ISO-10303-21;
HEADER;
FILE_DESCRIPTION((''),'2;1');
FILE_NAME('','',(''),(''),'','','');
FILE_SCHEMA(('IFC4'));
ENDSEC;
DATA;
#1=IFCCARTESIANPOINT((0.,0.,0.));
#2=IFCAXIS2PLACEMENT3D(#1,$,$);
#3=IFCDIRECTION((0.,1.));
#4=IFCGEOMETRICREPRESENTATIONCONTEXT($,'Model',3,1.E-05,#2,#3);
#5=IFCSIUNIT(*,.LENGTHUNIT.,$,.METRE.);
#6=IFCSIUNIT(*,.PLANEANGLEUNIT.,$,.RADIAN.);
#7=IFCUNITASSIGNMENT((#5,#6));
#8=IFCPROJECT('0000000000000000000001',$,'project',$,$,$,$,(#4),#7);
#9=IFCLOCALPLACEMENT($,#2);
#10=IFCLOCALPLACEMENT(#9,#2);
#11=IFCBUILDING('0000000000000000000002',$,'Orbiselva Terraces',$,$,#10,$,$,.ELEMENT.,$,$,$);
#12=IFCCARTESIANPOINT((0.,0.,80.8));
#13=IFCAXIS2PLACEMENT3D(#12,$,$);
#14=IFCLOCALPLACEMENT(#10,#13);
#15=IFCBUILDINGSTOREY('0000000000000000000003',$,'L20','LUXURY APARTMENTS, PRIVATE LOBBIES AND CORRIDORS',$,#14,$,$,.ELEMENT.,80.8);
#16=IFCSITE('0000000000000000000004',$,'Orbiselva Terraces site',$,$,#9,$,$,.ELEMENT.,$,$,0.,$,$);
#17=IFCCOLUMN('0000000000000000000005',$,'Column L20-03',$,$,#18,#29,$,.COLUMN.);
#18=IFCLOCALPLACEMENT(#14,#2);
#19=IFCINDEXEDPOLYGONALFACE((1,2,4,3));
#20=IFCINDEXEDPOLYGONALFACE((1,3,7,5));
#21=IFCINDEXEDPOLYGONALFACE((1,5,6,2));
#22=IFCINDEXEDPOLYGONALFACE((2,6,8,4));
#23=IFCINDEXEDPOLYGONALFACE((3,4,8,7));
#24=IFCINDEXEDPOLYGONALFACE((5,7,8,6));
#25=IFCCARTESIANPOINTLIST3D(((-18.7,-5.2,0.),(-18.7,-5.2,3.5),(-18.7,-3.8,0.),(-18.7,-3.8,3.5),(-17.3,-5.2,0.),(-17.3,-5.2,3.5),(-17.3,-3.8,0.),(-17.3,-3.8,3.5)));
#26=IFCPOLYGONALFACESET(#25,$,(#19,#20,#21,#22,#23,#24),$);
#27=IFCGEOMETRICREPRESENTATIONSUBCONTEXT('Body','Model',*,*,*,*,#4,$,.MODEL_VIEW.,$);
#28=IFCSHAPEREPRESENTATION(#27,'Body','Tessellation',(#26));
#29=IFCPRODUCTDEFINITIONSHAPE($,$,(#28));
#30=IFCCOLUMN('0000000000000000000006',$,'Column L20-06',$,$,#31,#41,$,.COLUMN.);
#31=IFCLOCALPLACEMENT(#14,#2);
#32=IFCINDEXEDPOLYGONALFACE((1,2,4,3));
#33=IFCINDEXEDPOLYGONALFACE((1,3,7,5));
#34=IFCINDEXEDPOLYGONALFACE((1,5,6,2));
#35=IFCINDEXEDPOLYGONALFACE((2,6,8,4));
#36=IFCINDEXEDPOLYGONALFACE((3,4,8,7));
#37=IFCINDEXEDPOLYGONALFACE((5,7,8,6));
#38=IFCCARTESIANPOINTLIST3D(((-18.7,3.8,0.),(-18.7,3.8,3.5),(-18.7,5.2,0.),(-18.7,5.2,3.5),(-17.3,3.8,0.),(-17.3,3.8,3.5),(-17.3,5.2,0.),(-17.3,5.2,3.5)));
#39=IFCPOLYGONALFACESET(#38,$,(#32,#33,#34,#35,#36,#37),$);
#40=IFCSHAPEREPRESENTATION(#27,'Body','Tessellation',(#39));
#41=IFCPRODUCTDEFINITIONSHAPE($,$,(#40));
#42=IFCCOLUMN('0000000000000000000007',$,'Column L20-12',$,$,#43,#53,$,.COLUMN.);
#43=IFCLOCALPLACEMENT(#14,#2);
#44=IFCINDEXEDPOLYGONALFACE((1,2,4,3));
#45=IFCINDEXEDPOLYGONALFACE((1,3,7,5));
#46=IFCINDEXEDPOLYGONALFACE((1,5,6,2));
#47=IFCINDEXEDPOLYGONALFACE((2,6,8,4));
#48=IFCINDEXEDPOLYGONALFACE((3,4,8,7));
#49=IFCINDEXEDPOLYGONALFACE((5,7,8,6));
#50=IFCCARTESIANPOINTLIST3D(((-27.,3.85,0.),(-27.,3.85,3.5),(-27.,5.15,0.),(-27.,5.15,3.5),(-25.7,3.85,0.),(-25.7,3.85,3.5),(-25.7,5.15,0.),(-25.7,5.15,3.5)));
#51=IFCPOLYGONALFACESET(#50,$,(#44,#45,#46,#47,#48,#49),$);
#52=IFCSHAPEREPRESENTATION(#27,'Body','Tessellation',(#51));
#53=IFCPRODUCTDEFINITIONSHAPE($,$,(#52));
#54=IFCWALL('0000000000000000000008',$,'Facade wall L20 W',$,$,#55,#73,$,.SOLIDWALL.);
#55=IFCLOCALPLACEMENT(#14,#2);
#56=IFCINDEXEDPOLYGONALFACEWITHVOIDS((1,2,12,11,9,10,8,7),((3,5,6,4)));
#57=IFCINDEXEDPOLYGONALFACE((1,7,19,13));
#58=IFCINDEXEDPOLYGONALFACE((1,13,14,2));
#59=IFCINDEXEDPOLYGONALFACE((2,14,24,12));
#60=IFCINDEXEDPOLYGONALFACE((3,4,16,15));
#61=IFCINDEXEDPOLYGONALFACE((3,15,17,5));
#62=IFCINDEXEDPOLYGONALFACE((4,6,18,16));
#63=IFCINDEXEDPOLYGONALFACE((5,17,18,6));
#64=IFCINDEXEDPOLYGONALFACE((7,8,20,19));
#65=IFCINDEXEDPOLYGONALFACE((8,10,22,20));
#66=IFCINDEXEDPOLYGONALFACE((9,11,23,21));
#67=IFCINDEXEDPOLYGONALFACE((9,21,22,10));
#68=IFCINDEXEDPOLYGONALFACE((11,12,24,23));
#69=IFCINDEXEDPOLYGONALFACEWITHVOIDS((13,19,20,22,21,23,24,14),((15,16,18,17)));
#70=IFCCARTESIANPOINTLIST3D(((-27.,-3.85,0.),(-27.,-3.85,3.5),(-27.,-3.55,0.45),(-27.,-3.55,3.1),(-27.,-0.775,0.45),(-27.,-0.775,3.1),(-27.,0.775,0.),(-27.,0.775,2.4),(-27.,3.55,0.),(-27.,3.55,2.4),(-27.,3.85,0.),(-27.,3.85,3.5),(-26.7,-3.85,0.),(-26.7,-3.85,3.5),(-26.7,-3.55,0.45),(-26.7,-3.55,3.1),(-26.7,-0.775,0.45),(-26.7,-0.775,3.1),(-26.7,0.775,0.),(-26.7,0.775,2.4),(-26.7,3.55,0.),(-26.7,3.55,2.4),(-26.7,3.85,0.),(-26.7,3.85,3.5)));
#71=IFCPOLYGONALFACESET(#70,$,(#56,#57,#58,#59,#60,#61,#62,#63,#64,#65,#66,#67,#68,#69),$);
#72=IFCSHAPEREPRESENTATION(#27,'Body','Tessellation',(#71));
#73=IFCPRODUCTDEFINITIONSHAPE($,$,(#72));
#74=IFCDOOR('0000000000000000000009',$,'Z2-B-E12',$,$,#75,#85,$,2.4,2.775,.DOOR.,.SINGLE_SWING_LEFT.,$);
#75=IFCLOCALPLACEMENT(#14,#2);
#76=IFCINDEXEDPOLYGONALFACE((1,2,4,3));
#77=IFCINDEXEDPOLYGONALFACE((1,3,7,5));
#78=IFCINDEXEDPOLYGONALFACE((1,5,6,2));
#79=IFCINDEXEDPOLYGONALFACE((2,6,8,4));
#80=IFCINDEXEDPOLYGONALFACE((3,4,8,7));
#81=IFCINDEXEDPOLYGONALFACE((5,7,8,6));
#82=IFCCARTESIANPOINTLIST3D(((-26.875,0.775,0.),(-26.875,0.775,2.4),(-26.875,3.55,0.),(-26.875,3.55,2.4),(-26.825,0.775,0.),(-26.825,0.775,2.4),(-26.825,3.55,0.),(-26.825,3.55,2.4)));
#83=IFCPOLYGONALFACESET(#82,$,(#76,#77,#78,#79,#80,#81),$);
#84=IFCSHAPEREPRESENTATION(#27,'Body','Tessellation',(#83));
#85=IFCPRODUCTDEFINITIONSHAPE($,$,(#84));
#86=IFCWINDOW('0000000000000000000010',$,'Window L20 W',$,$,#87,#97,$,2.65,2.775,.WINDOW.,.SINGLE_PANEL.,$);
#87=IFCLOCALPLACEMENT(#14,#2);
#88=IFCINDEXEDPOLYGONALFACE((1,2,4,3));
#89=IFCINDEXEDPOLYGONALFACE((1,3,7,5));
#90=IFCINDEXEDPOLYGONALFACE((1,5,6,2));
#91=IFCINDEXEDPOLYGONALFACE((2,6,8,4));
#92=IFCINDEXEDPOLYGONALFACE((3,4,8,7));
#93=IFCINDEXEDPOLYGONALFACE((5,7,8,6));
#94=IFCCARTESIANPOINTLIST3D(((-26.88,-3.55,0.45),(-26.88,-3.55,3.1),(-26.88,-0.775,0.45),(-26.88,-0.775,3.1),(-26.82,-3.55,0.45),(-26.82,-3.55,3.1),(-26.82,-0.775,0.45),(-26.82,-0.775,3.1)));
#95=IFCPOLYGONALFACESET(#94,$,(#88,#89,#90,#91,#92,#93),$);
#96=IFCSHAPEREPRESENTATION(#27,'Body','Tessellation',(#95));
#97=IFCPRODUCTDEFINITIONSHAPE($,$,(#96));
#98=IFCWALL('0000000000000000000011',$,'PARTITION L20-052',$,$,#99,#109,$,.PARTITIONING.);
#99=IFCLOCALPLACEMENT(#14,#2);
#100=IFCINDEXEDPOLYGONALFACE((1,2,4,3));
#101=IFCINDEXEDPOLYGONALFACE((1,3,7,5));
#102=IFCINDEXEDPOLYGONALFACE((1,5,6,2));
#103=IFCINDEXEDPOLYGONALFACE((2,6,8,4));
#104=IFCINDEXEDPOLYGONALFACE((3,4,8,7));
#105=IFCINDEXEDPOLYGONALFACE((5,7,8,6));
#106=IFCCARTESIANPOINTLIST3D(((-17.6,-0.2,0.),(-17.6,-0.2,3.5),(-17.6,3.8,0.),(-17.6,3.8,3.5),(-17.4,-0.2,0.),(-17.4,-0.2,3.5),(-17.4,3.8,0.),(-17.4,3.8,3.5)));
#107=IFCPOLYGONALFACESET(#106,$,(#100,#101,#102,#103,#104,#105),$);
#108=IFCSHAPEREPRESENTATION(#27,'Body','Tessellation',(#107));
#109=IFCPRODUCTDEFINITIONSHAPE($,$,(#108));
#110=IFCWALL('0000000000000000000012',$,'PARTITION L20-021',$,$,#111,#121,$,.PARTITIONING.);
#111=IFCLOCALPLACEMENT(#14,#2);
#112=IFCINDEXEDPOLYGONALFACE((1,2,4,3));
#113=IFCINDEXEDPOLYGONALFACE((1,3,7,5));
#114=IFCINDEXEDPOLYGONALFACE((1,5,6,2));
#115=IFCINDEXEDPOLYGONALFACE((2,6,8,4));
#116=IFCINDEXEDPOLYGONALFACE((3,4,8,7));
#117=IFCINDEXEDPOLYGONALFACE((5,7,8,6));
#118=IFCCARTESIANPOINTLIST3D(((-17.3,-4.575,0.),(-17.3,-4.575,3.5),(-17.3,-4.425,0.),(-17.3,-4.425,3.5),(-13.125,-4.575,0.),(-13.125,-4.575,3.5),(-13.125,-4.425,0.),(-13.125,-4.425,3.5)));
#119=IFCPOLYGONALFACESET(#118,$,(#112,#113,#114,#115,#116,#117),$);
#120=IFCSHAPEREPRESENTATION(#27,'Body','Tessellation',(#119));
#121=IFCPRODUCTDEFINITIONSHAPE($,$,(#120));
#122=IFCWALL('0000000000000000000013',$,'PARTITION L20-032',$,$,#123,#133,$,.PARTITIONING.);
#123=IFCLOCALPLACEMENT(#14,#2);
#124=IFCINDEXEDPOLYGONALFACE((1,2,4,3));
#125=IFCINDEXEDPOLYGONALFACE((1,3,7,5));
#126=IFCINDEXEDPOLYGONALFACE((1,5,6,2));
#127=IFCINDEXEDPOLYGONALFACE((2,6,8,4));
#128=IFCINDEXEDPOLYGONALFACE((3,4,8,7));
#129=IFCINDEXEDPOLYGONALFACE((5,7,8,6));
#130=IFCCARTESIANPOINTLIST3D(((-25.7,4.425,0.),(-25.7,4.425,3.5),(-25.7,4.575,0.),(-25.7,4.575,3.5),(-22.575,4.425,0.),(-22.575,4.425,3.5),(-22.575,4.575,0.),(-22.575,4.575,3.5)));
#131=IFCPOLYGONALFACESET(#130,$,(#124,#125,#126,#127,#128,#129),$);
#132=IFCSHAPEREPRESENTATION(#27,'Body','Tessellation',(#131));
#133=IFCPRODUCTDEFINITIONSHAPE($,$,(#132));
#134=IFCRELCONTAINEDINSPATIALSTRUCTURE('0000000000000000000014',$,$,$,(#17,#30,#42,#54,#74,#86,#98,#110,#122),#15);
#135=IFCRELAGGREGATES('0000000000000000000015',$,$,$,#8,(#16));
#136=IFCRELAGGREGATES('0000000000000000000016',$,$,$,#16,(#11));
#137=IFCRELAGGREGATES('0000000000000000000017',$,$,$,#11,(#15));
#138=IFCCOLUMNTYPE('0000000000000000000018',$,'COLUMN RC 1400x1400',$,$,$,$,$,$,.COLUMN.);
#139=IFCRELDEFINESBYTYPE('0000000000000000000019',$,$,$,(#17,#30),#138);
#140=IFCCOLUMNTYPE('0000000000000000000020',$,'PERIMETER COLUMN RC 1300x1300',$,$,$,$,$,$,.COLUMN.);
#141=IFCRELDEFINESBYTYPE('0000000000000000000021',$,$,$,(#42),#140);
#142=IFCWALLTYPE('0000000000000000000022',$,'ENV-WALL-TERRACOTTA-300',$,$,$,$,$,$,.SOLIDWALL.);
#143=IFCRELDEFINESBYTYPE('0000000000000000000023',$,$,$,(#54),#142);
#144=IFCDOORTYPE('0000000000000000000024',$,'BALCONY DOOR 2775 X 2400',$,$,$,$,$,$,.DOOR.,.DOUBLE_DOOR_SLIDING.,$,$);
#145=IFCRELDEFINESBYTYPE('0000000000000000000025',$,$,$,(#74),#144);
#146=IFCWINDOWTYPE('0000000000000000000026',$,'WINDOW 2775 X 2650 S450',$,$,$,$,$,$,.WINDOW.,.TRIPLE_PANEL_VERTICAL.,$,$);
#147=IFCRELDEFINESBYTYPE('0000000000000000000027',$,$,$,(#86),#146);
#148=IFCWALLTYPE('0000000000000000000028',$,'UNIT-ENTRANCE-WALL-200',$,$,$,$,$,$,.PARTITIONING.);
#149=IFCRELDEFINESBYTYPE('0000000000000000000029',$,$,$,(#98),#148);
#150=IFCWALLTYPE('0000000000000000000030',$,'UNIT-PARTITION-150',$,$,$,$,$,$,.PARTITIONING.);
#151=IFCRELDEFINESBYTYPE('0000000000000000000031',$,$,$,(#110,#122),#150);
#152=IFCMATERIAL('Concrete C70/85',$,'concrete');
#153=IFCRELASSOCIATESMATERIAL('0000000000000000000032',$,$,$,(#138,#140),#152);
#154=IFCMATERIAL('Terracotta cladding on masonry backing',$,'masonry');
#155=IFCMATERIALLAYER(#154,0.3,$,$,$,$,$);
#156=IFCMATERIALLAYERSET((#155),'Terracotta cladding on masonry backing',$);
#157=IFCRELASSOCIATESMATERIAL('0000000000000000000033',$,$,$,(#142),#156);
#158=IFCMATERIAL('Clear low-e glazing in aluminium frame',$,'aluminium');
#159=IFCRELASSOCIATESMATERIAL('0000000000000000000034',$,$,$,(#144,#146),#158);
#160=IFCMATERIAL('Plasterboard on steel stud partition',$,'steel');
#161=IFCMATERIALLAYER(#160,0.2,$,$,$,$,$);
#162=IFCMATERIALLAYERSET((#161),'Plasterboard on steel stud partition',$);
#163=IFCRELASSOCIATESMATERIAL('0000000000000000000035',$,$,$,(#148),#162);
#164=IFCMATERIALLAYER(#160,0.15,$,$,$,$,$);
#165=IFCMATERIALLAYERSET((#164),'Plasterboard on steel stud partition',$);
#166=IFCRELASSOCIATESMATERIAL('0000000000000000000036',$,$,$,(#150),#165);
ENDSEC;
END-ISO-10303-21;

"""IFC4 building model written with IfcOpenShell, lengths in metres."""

from ifc_helpers import new_model, si_unit, direction, frame, frame_2d, origin, origin_2d, place, context, subcontext, project, spatial, rectangle, extrude, material, layer, layer_set, material_profile, profile_set, type_object, element, fill, save


model = new_model("IFC4")

# Units and contexts
model_context = context("Model", 3, precision=1e-05, world=origin(), true_north=direction((0.0, 1.0)))
body_context = subcontext(model_context, "Body", "Model", "MODEL_VIEW")
ifc_project = project(units=[si_unit("LENGTHUNIT", "METRE"), si_unit("PLANEANGLEUNIT", "RADIAN")], contexts=[model_context])

# Site, building, storey
site_placement = place(None, origin())
site = spatial("IfcSite", under=ifc_project, at=site_placement, Name="Orbiselva Terraces site", CompositionType="ELEMENT", RefElevation=0.0)
building_placement = place(site_placement, origin())
building = spatial("IfcBuilding", under=site, at=building_placement, Name="Orbiselva Terraces", CompositionType="ELEMENT")
storey_placement = place(building_placement, frame((0.0, 0.0, 80.8)))
storey = spatial("IfcBuildingStorey", under=building, at=storey_placement, Name="L20", Description="LUXURY APARTMENTS, PRIVATE LOBBIES AND CORRIDORS", CompositionType="ELEMENT", Elevation=80.8)

# Columns
ifc_material_1 = material(Name="Concrete C70/85", Category="concrete")
ifc_material_profile_1 = material_profile(ifc_material_1, rectangle(XDim=1.4, YDim=1.4, at=origin_2d()), Name="RC 1400x1400")
ifc_profile_set_1 = profile_set([ifc_material_profile_1], Name="Concrete C70/85")
column_type_1 = type_object("IfcColumnType", Name="COLUMN RC 1400x1400", PredefinedType="COLUMN", material=ifc_profile_set_1)
for number, where, z_axis, x_axis, name in (
    (1, (-18.0, -4.5, 0.0), (0.0, 0.0, 1.0), (1.0, 0.0, 0.0), "Column L20-03"),
    (2, (-18.0, 4.5, 0.0), (0.0, 0.0, 1.0), (1.0, 0.0, 0.0), "Column L20-06"),
):
    element("IfcColumn", number, at=place(storey_placement, frame(where, z_axis=z_axis, x_axis=x_axis)), inside=storey, type_object=column_type_1, Name=name, PredefinedType="COLUMN", context=body_context, shape_type="SweptSolid", body=[
        extrude(rectangle(XDim=1.4, YDim=1.4, at=origin_2d()), origin(), (0.0, 0.0, 1.0), 3.5),
    ])
ifc_material_profile_2 = material_profile(ifc_material_1, rectangle(XDim=1.3, YDim=1.3, at=origin_2d()), Name="RC 1300x1300")
ifc_profile_set_2 = profile_set([ifc_material_profile_2], Name="Concrete C70/85")
column_type_2 = type_object("IfcColumnType", Name="PERIMETER COLUMN RC 1300x1300", PredefinedType="COLUMN", material=ifc_profile_set_2)
column_placement = place(storey_placement, frame((-26.35, 4.5, 0.0), z_axis=(0.0, 0.0, 1.0), x_axis=(1.0, 0.0, 0.0)))
element("IfcColumn", 3, at=column_placement, inside=storey, type_object=column_type_2, Name="Column L20-12", PredefinedType="COLUMN", context=body_context, shape_type="SweptSolid", body=[
    extrude(rectangle(XDim=1.3, YDim=1.3, at=origin_2d()), origin(), (0.0, 0.0, 1.0), 3.5),
])

# Wall, openings, door, window
ifc_material_2 = material(Name="Terracotta cladding on masonry backing", Category="masonry")
ifc_layer_1 = layer(ifc_material_2, 0.3)
ifc_layer_set_1 = layer_set([ifc_layer_1], Name="Terracotta cladding on masonry backing")
wall_type_1 = type_object("IfcWallType", Name="ENV-WALL-TERRACOTTA-300", PredefinedType="SOLIDWALL", material=ifc_layer_set_1)
wall_1_placement = place(storey_placement, frame((-26.85, -3.85, 0.0), z_axis=(0.0, 0.0, 1.0), x_axis=(0.0, 1.0, 0.0)))
wall_1 = element("IfcWall", 4, at=wall_1_placement, inside=storey, type_object=wall_type_1, Name="Facade wall L20 W", PredefinedType="SOLIDWALL", context=body_context, shape_type="SweptSolid", body=[
    extrude(rectangle(XDim=7.7, YDim=0.3, at=frame_2d((3.85, 0.0))), origin(), (0.0, 0.0, 1.0), 3.5),
])
opening_1_placement = place(wall_1_placement, frame((4.625, 0.0, 0.0)))
opening_1 = element("IfcOpeningElement", 5, at=opening_1_placement, cuts=wall_1, PredefinedType="OPENING", context=body_context, shape_type="SweptSolid", body=[
    extrude(rectangle(XDim=2.775, YDim=2.4, at=frame_2d((1.3875, 1.2))), frame((0.0, 0.16, 0.0), z_axis=(0.0, -1.0, 0.0), x_axis=(1.0, 0.0, 0.0)), (0.0, 0.0, 1.0), 0.32),
])
opening_2_placement = place(wall_1_placement, frame((0.3, 0.0, 0.45)))
opening_2 = element("IfcOpeningElement", 6, at=opening_2_placement, cuts=wall_1, PredefinedType="OPENING", context=body_context, shape_type="SweptSolid", body=[
    extrude(rectangle(XDim=2.775, YDim=2.65, at=frame_2d((1.3875, 1.325))), frame((0.0, 0.16, 0.0), z_axis=(0.0, -1.0, 0.0), x_axis=(1.0, 0.0, 0.0)), (0.0, 0.0, 1.0), 0.32),
])
ifc_material_3 = material(Name="Clear low-e glazing in aluminium frame", Category="aluminium")
door_type_1 = type_object("IfcDoorType", Name="BALCONY DOOR 2775 X 2400", OperationType="DOUBLE_DOOR_SLIDING", PredefinedType="DOOR", material=ifc_material_3)
door_1_placement = place(opening_1_placement, origin())
door_1 = element("IfcDoor", 7, at=door_1_placement, inside=storey, type_object=door_type_1, Name="Z2-B-E12", OperationType="SINGLE_SWING_LEFT", OverallHeight=2.4, OverallWidth=2.775, PredefinedType="DOOR", context=body_context, shape_type="SweptSolid", body=[
    extrude(rectangle(XDim=2.775, YDim=2.4, at=frame_2d((1.3875, 1.2))), frame((0.0, 0.025, 0.0), z_axis=(0.0, -1.0, 0.0), x_axis=(1.0, 0.0, 0.0)), (0.0, 0.0, 1.0), 0.05),
])
fill(opening_1, door_1)
window_type = type_object("IfcWindowType", Name="WINDOW 2775 X 2650 S450", PartitioningType="TRIPLE_PANEL_VERTICAL", PredefinedType="WINDOW", material=ifc_material_3)
window_placement = place(opening_2_placement, origin())
window = element("IfcWindow", 8, at=window_placement, inside=storey, type_object=window_type, Name="Window L20 W", OverallHeight=2.65, OverallWidth=2.775, PartitioningType="SINGLE_PANEL", PredefinedType="WINDOW", context=body_context, shape_type="SweptSolid", body=[
    extrude(rectangle(XDim=2.775, YDim=2.65, at=frame_2d((1.3875, 1.325))), frame((0.0, 0.03, 0.0), z_axis=(0.0, -1.0, 0.0), x_axis=(1.0, 0.0, 0.0)), (0.0, 0.0, 1.0), 0.06),
])
fill(opening_2, window)

# Walls
ifc_material_4 = material(Name="Plasterboard on steel stud partition", Category="steel")
ifc_layer_2 = layer(ifc_material_4, 0.2)
ifc_layer_set_2 = layer_set([ifc_layer_2], Name="Plasterboard on steel stud partition")
wall_type_2 = type_object("IfcWallType", Name="UNIT-ENTRANCE-WALL-200", PredefinedType="PARTITIONING", material=ifc_layer_set_2)
wall_2_placement = place(storey_placement, frame((-17.5, -0.2, 0.0), z_axis=(0.0, 0.0, 1.0), x_axis=(0.0, 1.0, 0.0)))
element("IfcWall", 9, at=wall_2_placement, inside=storey, type_object=wall_type_2, Name="PARTITION L20-052", PredefinedType="PARTITIONING", context=body_context, shape_type="SweptSolid", body=[
    extrude(rectangle(XDim=4.0, YDim=0.2, at=frame_2d((2.0, 0.0))), origin(), (0.0, 0.0, 1.0), 3.5),
])
ifc_layer_3 = layer(ifc_material_4, 0.15)
ifc_layer_set_3 = layer_set([ifc_layer_3], Name="Plasterboard on steel stud partition")
wall_type_3 = type_object("IfcWallType", Name="UNIT-PARTITION-150", PredefinedType="PARTITIONING", material=ifc_layer_set_3)
wall_3_placement = place(storey_placement, frame((-17.3, -4.5, 0.0), z_axis=(0.0, 0.0, 1.0), x_axis=(1.0, 0.0, 0.0)))
element("IfcWall", 10, at=wall_3_placement, inside=storey, type_object=wall_type_3, Name="PARTITION L20-021", PredefinedType="PARTITIONING", context=body_context, shape_type="SweptSolid", body=[
    extrude(rectangle(XDim=4.175, YDim=0.15, at=frame_2d((2.0875, 0.0))), origin(), (0.0, 0.0, 1.0), 3.5),
])
wall_4_placement = place(storey_placement, frame((-25.7, 4.5, 0.0), z_axis=(0.0, 0.0, 1.0), x_axis=(1.0, 0.0, 0.0)))
element("IfcWall", 11, at=wall_4_placement, inside=storey, type_object=wall_type_3, Name="PARTITION L20-032", PredefinedType="PARTITIONING", context=body_context, shape_type="SweptSolid", body=[
    extrude(rectangle(XDim=3.125, YDim=0.15, at=frame_2d((1.5625, 0.0))), origin(), (0.0, 0.0, 1.0), 3.5),
])

save(model, "model.ifc")
